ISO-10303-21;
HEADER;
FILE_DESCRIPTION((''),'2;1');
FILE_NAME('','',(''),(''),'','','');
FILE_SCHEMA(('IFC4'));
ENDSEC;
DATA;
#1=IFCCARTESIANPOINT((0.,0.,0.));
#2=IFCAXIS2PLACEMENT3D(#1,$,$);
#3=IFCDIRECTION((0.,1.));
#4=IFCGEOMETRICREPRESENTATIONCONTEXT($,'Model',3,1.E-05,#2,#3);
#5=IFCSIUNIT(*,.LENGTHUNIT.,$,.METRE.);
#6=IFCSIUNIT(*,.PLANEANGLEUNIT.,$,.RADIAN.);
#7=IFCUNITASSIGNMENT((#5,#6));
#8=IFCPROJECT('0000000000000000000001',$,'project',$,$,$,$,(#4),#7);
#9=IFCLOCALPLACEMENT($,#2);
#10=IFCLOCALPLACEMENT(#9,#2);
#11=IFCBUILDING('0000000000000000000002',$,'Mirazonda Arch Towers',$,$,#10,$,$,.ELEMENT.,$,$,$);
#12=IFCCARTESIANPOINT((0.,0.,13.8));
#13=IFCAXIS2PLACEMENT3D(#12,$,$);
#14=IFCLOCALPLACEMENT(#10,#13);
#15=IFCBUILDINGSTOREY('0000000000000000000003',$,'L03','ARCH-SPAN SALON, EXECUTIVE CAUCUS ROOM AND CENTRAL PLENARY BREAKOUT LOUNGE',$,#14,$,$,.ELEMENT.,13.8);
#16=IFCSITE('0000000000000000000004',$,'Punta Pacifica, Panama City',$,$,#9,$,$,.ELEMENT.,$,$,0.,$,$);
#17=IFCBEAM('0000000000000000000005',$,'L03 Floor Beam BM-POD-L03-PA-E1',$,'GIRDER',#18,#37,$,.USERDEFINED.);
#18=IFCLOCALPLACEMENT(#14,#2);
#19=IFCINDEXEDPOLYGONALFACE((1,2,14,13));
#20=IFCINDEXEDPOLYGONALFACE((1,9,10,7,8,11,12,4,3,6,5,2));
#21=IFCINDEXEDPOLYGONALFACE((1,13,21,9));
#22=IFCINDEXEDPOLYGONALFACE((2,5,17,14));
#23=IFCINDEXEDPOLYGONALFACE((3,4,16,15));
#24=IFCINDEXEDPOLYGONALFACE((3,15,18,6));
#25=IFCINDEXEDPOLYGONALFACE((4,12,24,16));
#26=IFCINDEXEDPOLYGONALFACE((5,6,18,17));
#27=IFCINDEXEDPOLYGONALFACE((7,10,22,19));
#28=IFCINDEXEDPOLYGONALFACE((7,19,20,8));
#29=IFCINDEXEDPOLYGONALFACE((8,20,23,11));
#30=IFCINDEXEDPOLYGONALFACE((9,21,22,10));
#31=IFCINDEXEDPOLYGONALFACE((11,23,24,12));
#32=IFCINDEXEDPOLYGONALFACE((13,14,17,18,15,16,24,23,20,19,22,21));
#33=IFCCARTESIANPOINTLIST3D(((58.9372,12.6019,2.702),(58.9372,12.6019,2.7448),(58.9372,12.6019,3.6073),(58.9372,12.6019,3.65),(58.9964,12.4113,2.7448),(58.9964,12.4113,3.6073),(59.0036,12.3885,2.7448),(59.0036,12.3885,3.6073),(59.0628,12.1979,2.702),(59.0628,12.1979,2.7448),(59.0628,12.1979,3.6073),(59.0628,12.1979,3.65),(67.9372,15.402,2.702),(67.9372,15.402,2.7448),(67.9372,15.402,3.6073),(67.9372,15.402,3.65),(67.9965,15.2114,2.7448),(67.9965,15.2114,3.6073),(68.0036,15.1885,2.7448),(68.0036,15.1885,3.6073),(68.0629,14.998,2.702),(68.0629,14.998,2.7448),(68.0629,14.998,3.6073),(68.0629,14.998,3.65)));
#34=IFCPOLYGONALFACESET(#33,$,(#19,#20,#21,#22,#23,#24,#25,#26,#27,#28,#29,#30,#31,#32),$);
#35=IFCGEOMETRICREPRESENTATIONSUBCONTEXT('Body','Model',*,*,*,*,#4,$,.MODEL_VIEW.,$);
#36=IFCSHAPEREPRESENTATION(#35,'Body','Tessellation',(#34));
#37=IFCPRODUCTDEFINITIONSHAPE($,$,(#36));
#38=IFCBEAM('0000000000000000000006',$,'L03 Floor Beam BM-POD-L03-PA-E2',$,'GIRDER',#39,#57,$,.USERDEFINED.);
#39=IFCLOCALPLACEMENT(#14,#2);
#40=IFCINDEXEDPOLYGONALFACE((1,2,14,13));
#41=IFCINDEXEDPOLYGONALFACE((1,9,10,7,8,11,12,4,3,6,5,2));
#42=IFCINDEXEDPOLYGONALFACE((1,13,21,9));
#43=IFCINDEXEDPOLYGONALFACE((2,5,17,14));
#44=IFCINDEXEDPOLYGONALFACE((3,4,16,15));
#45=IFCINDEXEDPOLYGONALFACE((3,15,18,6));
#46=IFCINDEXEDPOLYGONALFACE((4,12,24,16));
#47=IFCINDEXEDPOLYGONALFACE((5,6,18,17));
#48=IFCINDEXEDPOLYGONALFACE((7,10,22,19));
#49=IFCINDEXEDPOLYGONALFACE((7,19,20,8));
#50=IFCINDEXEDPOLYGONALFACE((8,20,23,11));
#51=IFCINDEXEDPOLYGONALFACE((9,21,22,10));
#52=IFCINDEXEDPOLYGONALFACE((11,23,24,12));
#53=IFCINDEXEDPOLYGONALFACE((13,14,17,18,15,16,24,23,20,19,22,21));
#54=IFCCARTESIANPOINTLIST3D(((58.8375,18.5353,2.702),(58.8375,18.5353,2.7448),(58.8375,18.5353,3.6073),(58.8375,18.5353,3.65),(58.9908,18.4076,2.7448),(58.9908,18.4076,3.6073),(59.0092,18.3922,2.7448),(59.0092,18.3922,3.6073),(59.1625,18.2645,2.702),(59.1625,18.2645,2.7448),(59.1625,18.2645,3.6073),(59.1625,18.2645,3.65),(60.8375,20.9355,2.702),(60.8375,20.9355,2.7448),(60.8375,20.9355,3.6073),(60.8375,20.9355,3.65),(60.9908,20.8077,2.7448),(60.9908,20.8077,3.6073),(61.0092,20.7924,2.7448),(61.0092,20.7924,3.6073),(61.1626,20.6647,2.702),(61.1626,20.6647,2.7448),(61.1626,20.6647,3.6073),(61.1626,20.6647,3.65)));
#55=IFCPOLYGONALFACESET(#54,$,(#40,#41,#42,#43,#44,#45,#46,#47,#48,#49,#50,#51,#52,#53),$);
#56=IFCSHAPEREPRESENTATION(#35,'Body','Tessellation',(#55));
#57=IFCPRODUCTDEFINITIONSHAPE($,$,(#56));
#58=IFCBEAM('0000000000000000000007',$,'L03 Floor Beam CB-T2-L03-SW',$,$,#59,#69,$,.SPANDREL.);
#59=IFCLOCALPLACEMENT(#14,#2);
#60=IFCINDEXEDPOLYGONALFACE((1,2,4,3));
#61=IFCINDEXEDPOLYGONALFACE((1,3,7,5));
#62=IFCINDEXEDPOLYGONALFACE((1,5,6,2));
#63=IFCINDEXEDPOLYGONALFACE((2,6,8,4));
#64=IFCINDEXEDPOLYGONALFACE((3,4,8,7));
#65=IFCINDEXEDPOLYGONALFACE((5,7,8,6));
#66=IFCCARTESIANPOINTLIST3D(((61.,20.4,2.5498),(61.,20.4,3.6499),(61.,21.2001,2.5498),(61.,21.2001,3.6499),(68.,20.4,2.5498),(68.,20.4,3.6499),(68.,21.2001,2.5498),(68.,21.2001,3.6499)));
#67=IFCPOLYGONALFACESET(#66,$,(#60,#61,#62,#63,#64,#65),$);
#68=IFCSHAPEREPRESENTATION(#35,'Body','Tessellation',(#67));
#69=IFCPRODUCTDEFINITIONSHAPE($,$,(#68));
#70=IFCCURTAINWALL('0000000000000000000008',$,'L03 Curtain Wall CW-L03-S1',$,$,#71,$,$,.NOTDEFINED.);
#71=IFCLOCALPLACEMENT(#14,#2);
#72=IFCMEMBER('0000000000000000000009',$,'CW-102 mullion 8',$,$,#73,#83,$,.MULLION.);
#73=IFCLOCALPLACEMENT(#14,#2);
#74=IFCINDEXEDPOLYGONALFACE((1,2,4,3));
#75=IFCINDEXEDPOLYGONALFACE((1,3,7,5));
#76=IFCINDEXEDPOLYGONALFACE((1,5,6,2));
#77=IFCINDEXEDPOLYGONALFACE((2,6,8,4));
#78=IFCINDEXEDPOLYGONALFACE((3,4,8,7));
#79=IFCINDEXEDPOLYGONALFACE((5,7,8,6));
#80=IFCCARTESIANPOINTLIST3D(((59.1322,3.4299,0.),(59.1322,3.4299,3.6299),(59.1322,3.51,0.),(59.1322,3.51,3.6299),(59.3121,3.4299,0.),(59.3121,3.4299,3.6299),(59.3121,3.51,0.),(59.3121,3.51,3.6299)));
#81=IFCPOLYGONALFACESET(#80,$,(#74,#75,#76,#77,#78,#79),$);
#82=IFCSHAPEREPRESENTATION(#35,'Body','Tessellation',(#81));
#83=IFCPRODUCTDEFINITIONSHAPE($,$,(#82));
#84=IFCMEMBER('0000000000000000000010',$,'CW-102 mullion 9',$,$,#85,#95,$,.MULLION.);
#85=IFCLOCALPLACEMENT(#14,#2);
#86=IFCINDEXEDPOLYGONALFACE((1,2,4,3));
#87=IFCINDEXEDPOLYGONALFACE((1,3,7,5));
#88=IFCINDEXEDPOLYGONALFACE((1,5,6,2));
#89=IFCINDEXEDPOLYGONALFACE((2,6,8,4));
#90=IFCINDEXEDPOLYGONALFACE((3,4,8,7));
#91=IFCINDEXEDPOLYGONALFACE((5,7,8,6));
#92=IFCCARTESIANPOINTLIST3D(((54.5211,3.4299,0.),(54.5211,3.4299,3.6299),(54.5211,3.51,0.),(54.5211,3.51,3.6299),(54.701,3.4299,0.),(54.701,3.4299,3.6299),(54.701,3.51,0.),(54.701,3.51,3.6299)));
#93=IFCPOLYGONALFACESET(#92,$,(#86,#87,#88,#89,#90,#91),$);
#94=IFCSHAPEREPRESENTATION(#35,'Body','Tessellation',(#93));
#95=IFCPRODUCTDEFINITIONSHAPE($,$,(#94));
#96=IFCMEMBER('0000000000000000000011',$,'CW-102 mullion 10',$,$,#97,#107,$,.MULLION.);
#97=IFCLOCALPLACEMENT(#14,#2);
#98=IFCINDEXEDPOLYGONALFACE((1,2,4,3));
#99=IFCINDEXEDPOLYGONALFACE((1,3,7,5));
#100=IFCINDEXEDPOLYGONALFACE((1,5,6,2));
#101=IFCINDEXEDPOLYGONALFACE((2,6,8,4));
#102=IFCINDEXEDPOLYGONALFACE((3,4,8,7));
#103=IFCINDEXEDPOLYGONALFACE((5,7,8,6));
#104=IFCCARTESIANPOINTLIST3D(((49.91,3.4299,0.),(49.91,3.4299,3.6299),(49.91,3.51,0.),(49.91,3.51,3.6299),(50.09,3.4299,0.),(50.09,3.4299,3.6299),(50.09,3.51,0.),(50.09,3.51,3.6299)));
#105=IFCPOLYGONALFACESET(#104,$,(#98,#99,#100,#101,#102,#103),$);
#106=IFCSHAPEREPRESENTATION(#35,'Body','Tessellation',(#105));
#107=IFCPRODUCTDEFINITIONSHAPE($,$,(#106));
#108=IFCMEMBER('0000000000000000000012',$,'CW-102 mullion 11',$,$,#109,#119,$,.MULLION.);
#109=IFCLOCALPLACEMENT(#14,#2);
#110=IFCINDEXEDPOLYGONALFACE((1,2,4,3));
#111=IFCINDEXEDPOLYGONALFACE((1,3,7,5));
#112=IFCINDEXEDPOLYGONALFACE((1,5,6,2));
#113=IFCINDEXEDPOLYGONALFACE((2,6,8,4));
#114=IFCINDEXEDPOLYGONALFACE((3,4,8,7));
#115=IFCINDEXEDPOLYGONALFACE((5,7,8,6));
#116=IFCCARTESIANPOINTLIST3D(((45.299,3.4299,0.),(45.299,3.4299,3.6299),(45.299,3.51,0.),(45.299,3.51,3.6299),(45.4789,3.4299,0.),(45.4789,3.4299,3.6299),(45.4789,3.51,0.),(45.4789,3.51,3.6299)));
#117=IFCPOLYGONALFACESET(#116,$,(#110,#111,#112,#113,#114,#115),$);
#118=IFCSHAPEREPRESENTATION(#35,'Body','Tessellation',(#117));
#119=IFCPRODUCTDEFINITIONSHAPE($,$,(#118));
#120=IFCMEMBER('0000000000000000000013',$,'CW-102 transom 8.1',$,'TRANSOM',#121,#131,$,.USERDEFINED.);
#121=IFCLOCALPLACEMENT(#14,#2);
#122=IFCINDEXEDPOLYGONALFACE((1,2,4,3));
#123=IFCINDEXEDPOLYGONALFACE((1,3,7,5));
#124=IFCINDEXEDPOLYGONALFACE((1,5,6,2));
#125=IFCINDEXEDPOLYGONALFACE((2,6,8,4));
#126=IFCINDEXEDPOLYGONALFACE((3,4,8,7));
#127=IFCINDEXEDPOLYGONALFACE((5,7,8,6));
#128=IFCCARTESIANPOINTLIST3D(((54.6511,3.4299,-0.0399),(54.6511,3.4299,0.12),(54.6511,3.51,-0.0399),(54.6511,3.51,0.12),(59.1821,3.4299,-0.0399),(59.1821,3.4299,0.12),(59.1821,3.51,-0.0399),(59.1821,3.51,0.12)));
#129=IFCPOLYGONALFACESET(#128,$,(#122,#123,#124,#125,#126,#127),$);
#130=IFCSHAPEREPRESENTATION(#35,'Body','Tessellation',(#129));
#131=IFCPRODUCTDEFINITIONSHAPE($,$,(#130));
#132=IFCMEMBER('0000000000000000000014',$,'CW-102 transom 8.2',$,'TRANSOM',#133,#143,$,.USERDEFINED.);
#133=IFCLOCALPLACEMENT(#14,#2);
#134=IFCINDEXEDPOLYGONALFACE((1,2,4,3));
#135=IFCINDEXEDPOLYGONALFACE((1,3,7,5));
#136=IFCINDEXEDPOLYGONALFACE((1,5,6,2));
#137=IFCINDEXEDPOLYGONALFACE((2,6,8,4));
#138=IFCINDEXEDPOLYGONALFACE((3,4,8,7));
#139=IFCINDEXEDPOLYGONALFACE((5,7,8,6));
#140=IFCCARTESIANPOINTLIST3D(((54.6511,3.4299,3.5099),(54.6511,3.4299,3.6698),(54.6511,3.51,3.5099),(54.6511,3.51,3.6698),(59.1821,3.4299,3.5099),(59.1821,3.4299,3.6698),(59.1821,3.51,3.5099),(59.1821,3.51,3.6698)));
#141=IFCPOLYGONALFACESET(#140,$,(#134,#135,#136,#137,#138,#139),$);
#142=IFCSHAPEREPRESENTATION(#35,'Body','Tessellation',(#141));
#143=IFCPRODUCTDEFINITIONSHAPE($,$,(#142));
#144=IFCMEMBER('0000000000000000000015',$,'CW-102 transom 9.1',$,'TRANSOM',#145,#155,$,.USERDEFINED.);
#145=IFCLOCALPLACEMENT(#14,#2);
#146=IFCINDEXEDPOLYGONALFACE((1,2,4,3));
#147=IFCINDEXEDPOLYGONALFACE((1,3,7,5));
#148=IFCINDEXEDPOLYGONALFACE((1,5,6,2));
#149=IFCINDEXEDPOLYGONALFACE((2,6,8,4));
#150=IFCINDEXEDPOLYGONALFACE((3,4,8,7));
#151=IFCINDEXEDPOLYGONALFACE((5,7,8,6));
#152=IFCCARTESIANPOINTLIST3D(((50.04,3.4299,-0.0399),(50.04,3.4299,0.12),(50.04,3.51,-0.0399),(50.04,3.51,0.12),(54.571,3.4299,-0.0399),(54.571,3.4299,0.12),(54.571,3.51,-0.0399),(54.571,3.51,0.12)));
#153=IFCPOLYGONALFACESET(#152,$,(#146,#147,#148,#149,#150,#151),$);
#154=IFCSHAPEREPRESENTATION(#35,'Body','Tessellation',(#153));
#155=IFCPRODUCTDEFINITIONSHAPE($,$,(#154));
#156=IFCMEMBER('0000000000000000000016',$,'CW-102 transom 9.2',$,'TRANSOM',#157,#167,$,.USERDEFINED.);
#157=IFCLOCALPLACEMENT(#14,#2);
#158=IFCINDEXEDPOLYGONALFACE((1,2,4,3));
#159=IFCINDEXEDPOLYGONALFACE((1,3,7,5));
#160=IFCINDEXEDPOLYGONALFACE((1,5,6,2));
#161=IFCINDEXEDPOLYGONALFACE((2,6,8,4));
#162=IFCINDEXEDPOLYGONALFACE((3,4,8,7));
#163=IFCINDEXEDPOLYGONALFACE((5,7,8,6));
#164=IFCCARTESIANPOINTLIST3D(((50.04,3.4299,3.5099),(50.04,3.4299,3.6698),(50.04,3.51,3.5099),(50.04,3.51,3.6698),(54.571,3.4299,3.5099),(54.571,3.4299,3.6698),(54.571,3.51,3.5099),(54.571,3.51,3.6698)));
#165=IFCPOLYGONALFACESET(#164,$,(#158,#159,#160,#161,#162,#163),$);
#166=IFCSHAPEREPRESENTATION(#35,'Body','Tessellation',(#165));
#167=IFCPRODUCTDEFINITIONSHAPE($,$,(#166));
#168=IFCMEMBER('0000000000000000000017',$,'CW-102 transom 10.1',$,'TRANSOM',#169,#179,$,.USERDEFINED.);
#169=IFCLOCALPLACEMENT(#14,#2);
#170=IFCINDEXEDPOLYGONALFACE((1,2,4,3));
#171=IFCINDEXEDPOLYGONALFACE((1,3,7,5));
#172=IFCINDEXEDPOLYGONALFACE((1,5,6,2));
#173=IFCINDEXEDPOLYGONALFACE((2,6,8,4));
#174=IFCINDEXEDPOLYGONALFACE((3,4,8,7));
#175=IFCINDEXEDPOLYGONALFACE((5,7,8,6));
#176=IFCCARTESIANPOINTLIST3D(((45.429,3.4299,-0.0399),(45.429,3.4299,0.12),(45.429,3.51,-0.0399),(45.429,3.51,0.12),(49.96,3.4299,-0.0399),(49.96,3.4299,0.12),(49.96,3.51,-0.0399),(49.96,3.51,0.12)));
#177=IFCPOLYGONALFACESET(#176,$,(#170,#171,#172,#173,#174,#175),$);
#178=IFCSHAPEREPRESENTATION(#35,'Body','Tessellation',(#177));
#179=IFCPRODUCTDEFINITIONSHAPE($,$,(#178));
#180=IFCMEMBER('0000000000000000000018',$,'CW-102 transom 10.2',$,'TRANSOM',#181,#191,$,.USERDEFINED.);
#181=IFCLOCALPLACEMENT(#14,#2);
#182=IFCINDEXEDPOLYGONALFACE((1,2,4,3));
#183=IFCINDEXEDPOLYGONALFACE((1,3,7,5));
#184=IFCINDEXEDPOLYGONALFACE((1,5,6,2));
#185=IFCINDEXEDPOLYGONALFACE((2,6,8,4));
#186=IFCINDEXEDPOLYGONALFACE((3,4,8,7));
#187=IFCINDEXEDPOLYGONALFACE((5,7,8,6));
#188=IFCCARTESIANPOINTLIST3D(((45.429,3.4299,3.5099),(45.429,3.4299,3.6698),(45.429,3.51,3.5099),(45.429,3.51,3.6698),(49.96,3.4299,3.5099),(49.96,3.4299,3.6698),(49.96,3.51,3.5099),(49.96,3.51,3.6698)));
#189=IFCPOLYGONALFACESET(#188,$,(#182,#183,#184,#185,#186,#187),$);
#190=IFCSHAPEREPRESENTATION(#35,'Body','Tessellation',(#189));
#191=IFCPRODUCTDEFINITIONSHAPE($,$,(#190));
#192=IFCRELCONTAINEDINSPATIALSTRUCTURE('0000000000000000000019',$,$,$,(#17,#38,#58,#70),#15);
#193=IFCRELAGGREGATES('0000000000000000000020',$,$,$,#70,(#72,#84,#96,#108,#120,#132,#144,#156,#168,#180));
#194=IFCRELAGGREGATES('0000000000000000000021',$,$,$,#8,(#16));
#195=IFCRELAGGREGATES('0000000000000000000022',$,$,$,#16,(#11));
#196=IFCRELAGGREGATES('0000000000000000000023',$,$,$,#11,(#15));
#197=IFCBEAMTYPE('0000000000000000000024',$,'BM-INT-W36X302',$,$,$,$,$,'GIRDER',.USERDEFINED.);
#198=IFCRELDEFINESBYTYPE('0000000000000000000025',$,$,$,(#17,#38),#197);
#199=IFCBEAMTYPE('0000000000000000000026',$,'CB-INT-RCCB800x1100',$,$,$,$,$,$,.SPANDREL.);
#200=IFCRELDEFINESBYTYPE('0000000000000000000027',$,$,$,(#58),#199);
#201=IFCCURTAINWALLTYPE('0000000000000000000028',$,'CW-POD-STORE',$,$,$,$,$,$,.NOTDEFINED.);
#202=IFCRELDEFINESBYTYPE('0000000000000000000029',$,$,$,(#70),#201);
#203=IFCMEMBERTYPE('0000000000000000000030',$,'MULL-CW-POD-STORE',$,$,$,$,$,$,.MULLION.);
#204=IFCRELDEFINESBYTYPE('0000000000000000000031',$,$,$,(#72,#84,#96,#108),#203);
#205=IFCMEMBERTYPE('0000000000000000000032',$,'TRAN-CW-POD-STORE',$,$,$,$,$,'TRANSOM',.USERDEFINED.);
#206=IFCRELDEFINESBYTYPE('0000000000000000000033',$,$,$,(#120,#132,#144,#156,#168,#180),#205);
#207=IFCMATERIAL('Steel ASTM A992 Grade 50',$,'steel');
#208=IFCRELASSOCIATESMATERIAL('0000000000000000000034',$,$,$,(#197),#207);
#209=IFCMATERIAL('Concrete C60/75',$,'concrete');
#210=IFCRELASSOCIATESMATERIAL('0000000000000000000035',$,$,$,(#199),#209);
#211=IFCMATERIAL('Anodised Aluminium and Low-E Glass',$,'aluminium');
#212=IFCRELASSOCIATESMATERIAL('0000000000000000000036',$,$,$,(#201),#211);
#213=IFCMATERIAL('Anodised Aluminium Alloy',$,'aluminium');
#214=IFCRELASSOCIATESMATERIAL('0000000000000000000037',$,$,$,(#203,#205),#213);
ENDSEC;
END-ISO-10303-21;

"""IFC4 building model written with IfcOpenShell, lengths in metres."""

from ifc_helpers import new_model, si_unit, direction, frame, origin, origin_2d, place, context, subcontext, project, spatial, rectangle, i_section, extrude, material, material_profile, profile_set, type_object, element, aggregate, save


model = new_model("IFC4")

# Units and contexts
model_context = context("Model", 3, precision=1e-05, world=origin(), true_north=direction((0.0, 1.0)))
body_context = subcontext(model_context, "Body", "Model", "MODEL_VIEW")
ifc_project = project(units=[si_unit("LENGTHUNIT", "METRE"), si_unit("PLANEANGLEUNIT", "RADIAN")], contexts=[model_context])

# Site, building, storey
site_placement = place(None, origin())
site = spatial("IfcSite", under=ifc_project, at=site_placement, Name="Punta Pacifica, Panama City", CompositionType="ELEMENT", RefElevation=0.0)
building_placement = place(site_placement, origin())
building = spatial("IfcBuilding", under=site, at=building_placement, Name="Mirazonda Arch Towers", CompositionType="ELEMENT")
storey_placement = place(building_placement, frame((0.0, 0.0, 13.8)))
storey = spatial("IfcBuildingStorey", under=building, at=storey_placement, Name="L03", Description="ARCH-SPAN SALON, EXECUTIVE CAUCUS ROOM AND CENTRAL PLENARY BREAKOUT LOUNGE", CompositionType="ELEMENT", Elevation=13.8)

# Shared definitions
ifc_material_1 = material(Name="Concrete C60/75", Category="concrete")

# Beams
ifc_material_2 = material(Name="Steel ASTM A992 Grade 50", Category="steel")
ifc_material_profile_1 = material_profile(ifc_material_2, i_section(OverallWidth=0.4231, OverallDepth=0.948, WebThickness=0.0239, FlangeThickness=0.0427, at=origin_2d()), Name="W36X302")
ifc_profile_set_1 = profile_set([ifc_material_profile_1], Name="Steel ASTM A992 Grade 50")
beam_type_1 = type_object("IfcBeamType", Name="BM-INT-W36X302", ElementType="GIRDER", PredefinedType="USERDEFINED", material=ifc_profile_set_1)
beam_1_placement = place(storey_placement, frame((59.0, 12.3999, 3.176), z_axis=(0.954855, 0.297071, 0.0), x_axis=(-0.297071, 0.954855, 0.0)))
element("IfcBeam", 1, at=beam_1_placement, inside=storey, type_object=beam_type_1, Name="L03 Floor Beam BM-POD-L03-PA-E1", ObjectType="GIRDER", PredefinedType="USERDEFINED", context=body_context, shape_type="SweptSolid", body=[
    extrude(i_section(OverallWidth=0.4231, OverallDepth=0.948, WebThickness=0.0239, FlangeThickness=0.0427, at=origin_2d()), origin(), (0.0, 0.0, 1.0), 9.4255),
])
beam_2_placement = place(storey_placement, frame((59.0, 18.3999, 3.176), z_axis=(0.640161, 0.76824, 0.0), x_axis=(-0.76824, 0.640161, 0.0)))
element("IfcBeam", 2, at=beam_2_placement, inside=storey, type_object=beam_type_1, Name="L03 Floor Beam BM-POD-L03-PA-E2", ObjectType="GIRDER", PredefinedType="USERDEFINED", context=body_context, shape_type="SweptSolid", body=[
    extrude(i_section(OverallWidth=0.4231, OverallDepth=0.948, WebThickness=0.0239, FlangeThickness=0.0427, at=origin_2d()), origin(), (0.0, 0.0, 1.0), 3.1243),
])
ifc_material_profile_2 = material_profile(ifc_material_1, rectangle(XDim=0.8, YDim=1.1001, at=origin_2d()), Name="RCCB800x1100")
ifc_profile_set_2 = profile_set([ifc_material_profile_2], Name="Concrete C60/75")
beam_type_2 = type_object("IfcBeamType", Name="CB-INT-RCCB800x1100", PredefinedType="SPANDREL", material=ifc_profile_set_2)
beam_3_placement = place(storey_placement, frame((61.0, 20.8, 3.0999), z_axis=(1.0, 0.0, 0.0), x_axis=(0.0, 1.0, 0.0)))
element("IfcBeam", 3, at=beam_3_placement, inside=storey, type_object=beam_type_2, Name="L03 Floor Beam CB-T2-L03-SW", PredefinedType="SPANDREL", context=body_context, shape_type="SweptSolid", body=[
    extrude(rectangle(XDim=0.8, YDim=1.1001, at=origin_2d()), origin(), (0.0, 0.0, 1.0), 7.0),
])

# Curtain wall, members
ifc_material_3 = material(Name="Anodised Aluminium and Low-E Glass", Category="aluminium")
curtain_wall_type = type_object("IfcCurtainWallType", Name="CW-POD-STORE", PredefinedType="NOTDEFINED", material=ifc_material_3)
curtain_wall_placement = place(storey_placement, origin())
curtain_wall = element("IfcCurtainWall", 4, at=curtain_wall_placement, inside=storey, type_object=curtain_wall_type, Name="L03 Curtain Wall CW-L03-S1", PredefinedType="NOTDEFINED")
ifc_material_4 = material(Name="Anodised Aluminium Alloy", Category="aluminium")
ifc_material_profile_3 = material_profile(ifc_material_4, rectangle(XDim=0.0801, YDim=0.1799, at=origin_2d()), Name="ALU-MULL-80x180")
ifc_profile_set_3 = profile_set([ifc_material_profile_3], Name="Anodised Aluminium Alloy")
member_type_1 = type_object("IfcMemberType", Name="MULL-CW-POD-STORE", PredefinedType="MULLION", material=ifc_profile_set_3)
member_1_placement = place(storey_placement, frame((59.2222, 3.47, 0.0), z_axis=(0.0, 0.0, 1.0), x_axis=(0.0, -1.0, 0.0)))
member_1 = element("IfcMember", 5, at=member_1_placement, type_object=member_type_1, Name="CW-102 mullion 8", PredefinedType="MULLION", context=body_context, shape_type="SweptSolid", body=[
    extrude(rectangle(XDim=0.0801, YDim=0.1799, at=origin_2d()), origin(), (0.0, 0.0, 1.0), 3.6299),
])
member_2_placement = place(storey_placement, frame((54.6111, 3.47, 0.0), z_axis=(0.0, 0.0, 1.0), x_axis=(0.0, -1.0, 0.0)))
member_2 = element("IfcMember", 6, at=member_2_placement, type_object=member_type_1, Name="CW-102 mullion 9", PredefinedType="MULLION", context=body_context, shape_type="SweptSolid", body=[
    extrude(rectangle(XDim=0.0801, YDim=0.1799, at=origin_2d()), origin(), (0.0, 0.0, 1.0), 3.6299),
])
member_3_placement = place(storey_placement, frame((50.0, 3.47, 0.0), z_axis=(0.0, 0.0, 1.0), x_axis=(0.0, -1.0, 0.0)))
member_3 = element("IfcMember", 7, at=member_3_placement, type_object=member_type_1, Name="CW-102 mullion 10", PredefinedType="MULLION", context=body_context, shape_type="SweptSolid", body=[
    extrude(rectangle(XDim=0.0801, YDim=0.1799, at=origin_2d()), origin(), (0.0, 0.0, 1.0), 3.6299),
])
member_4_placement = place(storey_placement, frame((45.3889, 3.47, 0.0), z_axis=(0.0, 0.0, 1.0), x_axis=(0.0, -1.0, 0.0)))
member_4 = element("IfcMember", 8, at=member_4_placement, type_object=member_type_1, Name="CW-102 mullion 11", PredefinedType="MULLION", context=body_context, shape_type="SweptSolid", body=[
    extrude(rectangle(XDim=0.0801, YDim=0.1799, at=origin_2d()), origin(), (0.0, 0.0, 1.0), 3.6299),
])
ifc_material_profile_4 = material_profile(ifc_material_4, rectangle(XDim=0.0801, YDim=0.1599, at=origin_2d()), Name="ALU-TRAN-80x160")
ifc_profile_set_4 = profile_set([ifc_material_profile_4], Name="Anodised Aluminium Alloy")
member_type_2 = type_object("IfcMemberType", Name="TRAN-CW-POD-STORE", ElementType="TRANSOM", PredefinedType="USERDEFINED", material=ifc_profile_set_4)
member_5_placement = place(storey_placement, frame((59.1821, 3.47, 0.04), z_axis=(-1.0, 0.0, 0.0), x_axis=(0.0, -1.0, 0.0)))
member_5 = element("IfcMember", 9, at=member_5_placement, type_object=member_type_2, Name="CW-102 transom 8.1", ObjectType="TRANSOM", PredefinedType="USERDEFINED", context=body_context, shape_type="SweptSolid", body=[
    extrude(rectangle(XDim=0.0801, YDim=0.1599, at=origin_2d()), origin(), (0.0, 0.0, 1.0), 4.531),
])
member_6_placement = place(storey_placement, frame((59.1821, 3.47, 3.5898), z_axis=(-1.0, 0.0, 0.0), x_axis=(0.0, -1.0, 0.0)))
member_6 = element("IfcMember", 10, at=member_6_placement, type_object=member_type_2, Name="CW-102 transom 8.2", ObjectType="TRANSOM", PredefinedType="USERDEFINED", context=body_context, shape_type="SweptSolid", body=[
    extrude(rectangle(XDim=0.0801, YDim=0.1599, at=origin_2d()), origin(), (0.0, 0.0, 1.0), 4.531),
])
member_7_placement = place(storey_placement, frame((54.571, 3.47, 0.04), z_axis=(-1.0, 0.0, 0.0), x_axis=(0.0, -1.0, 0.0)))
member_7 = element("IfcMember", 11, at=member_7_placement, type_object=member_type_2, Name="CW-102 transom 9.1", ObjectType="TRANSOM", PredefinedType="USERDEFINED", context=body_context, shape_type="SweptSolid", body=[
    extrude(rectangle(XDim=0.0801, YDim=0.1599, at=origin_2d()), origin(), (0.0, 0.0, 1.0), 4.531),
])
member_8_placement = place(storey_placement, frame((54.571, 3.47, 3.5898), z_axis=(-1.0, 0.0, 0.0), x_axis=(0.0, -1.0, 0.0)))
member_8 = element("IfcMember", 12, at=member_8_placement, type_object=member_type_2, Name="CW-102 transom 9.2", ObjectType="TRANSOM", PredefinedType="USERDEFINED", context=body_context, shape_type="SweptSolid", body=[
    extrude(rectangle(XDim=0.0801, YDim=0.1599, at=origin_2d()), origin(), (0.0, 0.0, 1.0), 4.531),
])
member_9_placement = place(storey_placement, frame((49.96, 3.47, 0.04), z_axis=(-1.0, 0.0, 0.0), x_axis=(0.0, -1.0, 0.0)))
member_9 = element("IfcMember", 13, at=member_9_placement, type_object=member_type_2, Name="CW-102 transom 10.1", ObjectType="TRANSOM", PredefinedType="USERDEFINED", context=body_context, shape_type="SweptSolid", body=[
    extrude(rectangle(XDim=0.0801, YDim=0.1599, at=origin_2d()), origin(), (0.0, 0.0, 1.0), 4.531),
])
member_10_placement = place(storey_placement, frame((49.96, 3.47, 3.5898), z_axis=(-1.0, 0.0, 0.0), x_axis=(0.0, -1.0, 0.0)))
member_10 = element("IfcMember", 14, at=member_10_placement, type_object=member_type_2, Name="CW-102 transom 10.2", ObjectType="TRANSOM", PredefinedType="USERDEFINED", context=body_context, shape_type="SweptSolid", body=[
    extrude(rectangle(XDim=0.0801, YDim=0.1599, at=origin_2d()), origin(), (0.0, 0.0, 1.0), 4.531),
])
aggregate(curtain_wall, [member_1, member_2, member_3, member_4, member_5, member_6, member_7, member_8, member_9, member_10])

save(model, "model.ifc")
